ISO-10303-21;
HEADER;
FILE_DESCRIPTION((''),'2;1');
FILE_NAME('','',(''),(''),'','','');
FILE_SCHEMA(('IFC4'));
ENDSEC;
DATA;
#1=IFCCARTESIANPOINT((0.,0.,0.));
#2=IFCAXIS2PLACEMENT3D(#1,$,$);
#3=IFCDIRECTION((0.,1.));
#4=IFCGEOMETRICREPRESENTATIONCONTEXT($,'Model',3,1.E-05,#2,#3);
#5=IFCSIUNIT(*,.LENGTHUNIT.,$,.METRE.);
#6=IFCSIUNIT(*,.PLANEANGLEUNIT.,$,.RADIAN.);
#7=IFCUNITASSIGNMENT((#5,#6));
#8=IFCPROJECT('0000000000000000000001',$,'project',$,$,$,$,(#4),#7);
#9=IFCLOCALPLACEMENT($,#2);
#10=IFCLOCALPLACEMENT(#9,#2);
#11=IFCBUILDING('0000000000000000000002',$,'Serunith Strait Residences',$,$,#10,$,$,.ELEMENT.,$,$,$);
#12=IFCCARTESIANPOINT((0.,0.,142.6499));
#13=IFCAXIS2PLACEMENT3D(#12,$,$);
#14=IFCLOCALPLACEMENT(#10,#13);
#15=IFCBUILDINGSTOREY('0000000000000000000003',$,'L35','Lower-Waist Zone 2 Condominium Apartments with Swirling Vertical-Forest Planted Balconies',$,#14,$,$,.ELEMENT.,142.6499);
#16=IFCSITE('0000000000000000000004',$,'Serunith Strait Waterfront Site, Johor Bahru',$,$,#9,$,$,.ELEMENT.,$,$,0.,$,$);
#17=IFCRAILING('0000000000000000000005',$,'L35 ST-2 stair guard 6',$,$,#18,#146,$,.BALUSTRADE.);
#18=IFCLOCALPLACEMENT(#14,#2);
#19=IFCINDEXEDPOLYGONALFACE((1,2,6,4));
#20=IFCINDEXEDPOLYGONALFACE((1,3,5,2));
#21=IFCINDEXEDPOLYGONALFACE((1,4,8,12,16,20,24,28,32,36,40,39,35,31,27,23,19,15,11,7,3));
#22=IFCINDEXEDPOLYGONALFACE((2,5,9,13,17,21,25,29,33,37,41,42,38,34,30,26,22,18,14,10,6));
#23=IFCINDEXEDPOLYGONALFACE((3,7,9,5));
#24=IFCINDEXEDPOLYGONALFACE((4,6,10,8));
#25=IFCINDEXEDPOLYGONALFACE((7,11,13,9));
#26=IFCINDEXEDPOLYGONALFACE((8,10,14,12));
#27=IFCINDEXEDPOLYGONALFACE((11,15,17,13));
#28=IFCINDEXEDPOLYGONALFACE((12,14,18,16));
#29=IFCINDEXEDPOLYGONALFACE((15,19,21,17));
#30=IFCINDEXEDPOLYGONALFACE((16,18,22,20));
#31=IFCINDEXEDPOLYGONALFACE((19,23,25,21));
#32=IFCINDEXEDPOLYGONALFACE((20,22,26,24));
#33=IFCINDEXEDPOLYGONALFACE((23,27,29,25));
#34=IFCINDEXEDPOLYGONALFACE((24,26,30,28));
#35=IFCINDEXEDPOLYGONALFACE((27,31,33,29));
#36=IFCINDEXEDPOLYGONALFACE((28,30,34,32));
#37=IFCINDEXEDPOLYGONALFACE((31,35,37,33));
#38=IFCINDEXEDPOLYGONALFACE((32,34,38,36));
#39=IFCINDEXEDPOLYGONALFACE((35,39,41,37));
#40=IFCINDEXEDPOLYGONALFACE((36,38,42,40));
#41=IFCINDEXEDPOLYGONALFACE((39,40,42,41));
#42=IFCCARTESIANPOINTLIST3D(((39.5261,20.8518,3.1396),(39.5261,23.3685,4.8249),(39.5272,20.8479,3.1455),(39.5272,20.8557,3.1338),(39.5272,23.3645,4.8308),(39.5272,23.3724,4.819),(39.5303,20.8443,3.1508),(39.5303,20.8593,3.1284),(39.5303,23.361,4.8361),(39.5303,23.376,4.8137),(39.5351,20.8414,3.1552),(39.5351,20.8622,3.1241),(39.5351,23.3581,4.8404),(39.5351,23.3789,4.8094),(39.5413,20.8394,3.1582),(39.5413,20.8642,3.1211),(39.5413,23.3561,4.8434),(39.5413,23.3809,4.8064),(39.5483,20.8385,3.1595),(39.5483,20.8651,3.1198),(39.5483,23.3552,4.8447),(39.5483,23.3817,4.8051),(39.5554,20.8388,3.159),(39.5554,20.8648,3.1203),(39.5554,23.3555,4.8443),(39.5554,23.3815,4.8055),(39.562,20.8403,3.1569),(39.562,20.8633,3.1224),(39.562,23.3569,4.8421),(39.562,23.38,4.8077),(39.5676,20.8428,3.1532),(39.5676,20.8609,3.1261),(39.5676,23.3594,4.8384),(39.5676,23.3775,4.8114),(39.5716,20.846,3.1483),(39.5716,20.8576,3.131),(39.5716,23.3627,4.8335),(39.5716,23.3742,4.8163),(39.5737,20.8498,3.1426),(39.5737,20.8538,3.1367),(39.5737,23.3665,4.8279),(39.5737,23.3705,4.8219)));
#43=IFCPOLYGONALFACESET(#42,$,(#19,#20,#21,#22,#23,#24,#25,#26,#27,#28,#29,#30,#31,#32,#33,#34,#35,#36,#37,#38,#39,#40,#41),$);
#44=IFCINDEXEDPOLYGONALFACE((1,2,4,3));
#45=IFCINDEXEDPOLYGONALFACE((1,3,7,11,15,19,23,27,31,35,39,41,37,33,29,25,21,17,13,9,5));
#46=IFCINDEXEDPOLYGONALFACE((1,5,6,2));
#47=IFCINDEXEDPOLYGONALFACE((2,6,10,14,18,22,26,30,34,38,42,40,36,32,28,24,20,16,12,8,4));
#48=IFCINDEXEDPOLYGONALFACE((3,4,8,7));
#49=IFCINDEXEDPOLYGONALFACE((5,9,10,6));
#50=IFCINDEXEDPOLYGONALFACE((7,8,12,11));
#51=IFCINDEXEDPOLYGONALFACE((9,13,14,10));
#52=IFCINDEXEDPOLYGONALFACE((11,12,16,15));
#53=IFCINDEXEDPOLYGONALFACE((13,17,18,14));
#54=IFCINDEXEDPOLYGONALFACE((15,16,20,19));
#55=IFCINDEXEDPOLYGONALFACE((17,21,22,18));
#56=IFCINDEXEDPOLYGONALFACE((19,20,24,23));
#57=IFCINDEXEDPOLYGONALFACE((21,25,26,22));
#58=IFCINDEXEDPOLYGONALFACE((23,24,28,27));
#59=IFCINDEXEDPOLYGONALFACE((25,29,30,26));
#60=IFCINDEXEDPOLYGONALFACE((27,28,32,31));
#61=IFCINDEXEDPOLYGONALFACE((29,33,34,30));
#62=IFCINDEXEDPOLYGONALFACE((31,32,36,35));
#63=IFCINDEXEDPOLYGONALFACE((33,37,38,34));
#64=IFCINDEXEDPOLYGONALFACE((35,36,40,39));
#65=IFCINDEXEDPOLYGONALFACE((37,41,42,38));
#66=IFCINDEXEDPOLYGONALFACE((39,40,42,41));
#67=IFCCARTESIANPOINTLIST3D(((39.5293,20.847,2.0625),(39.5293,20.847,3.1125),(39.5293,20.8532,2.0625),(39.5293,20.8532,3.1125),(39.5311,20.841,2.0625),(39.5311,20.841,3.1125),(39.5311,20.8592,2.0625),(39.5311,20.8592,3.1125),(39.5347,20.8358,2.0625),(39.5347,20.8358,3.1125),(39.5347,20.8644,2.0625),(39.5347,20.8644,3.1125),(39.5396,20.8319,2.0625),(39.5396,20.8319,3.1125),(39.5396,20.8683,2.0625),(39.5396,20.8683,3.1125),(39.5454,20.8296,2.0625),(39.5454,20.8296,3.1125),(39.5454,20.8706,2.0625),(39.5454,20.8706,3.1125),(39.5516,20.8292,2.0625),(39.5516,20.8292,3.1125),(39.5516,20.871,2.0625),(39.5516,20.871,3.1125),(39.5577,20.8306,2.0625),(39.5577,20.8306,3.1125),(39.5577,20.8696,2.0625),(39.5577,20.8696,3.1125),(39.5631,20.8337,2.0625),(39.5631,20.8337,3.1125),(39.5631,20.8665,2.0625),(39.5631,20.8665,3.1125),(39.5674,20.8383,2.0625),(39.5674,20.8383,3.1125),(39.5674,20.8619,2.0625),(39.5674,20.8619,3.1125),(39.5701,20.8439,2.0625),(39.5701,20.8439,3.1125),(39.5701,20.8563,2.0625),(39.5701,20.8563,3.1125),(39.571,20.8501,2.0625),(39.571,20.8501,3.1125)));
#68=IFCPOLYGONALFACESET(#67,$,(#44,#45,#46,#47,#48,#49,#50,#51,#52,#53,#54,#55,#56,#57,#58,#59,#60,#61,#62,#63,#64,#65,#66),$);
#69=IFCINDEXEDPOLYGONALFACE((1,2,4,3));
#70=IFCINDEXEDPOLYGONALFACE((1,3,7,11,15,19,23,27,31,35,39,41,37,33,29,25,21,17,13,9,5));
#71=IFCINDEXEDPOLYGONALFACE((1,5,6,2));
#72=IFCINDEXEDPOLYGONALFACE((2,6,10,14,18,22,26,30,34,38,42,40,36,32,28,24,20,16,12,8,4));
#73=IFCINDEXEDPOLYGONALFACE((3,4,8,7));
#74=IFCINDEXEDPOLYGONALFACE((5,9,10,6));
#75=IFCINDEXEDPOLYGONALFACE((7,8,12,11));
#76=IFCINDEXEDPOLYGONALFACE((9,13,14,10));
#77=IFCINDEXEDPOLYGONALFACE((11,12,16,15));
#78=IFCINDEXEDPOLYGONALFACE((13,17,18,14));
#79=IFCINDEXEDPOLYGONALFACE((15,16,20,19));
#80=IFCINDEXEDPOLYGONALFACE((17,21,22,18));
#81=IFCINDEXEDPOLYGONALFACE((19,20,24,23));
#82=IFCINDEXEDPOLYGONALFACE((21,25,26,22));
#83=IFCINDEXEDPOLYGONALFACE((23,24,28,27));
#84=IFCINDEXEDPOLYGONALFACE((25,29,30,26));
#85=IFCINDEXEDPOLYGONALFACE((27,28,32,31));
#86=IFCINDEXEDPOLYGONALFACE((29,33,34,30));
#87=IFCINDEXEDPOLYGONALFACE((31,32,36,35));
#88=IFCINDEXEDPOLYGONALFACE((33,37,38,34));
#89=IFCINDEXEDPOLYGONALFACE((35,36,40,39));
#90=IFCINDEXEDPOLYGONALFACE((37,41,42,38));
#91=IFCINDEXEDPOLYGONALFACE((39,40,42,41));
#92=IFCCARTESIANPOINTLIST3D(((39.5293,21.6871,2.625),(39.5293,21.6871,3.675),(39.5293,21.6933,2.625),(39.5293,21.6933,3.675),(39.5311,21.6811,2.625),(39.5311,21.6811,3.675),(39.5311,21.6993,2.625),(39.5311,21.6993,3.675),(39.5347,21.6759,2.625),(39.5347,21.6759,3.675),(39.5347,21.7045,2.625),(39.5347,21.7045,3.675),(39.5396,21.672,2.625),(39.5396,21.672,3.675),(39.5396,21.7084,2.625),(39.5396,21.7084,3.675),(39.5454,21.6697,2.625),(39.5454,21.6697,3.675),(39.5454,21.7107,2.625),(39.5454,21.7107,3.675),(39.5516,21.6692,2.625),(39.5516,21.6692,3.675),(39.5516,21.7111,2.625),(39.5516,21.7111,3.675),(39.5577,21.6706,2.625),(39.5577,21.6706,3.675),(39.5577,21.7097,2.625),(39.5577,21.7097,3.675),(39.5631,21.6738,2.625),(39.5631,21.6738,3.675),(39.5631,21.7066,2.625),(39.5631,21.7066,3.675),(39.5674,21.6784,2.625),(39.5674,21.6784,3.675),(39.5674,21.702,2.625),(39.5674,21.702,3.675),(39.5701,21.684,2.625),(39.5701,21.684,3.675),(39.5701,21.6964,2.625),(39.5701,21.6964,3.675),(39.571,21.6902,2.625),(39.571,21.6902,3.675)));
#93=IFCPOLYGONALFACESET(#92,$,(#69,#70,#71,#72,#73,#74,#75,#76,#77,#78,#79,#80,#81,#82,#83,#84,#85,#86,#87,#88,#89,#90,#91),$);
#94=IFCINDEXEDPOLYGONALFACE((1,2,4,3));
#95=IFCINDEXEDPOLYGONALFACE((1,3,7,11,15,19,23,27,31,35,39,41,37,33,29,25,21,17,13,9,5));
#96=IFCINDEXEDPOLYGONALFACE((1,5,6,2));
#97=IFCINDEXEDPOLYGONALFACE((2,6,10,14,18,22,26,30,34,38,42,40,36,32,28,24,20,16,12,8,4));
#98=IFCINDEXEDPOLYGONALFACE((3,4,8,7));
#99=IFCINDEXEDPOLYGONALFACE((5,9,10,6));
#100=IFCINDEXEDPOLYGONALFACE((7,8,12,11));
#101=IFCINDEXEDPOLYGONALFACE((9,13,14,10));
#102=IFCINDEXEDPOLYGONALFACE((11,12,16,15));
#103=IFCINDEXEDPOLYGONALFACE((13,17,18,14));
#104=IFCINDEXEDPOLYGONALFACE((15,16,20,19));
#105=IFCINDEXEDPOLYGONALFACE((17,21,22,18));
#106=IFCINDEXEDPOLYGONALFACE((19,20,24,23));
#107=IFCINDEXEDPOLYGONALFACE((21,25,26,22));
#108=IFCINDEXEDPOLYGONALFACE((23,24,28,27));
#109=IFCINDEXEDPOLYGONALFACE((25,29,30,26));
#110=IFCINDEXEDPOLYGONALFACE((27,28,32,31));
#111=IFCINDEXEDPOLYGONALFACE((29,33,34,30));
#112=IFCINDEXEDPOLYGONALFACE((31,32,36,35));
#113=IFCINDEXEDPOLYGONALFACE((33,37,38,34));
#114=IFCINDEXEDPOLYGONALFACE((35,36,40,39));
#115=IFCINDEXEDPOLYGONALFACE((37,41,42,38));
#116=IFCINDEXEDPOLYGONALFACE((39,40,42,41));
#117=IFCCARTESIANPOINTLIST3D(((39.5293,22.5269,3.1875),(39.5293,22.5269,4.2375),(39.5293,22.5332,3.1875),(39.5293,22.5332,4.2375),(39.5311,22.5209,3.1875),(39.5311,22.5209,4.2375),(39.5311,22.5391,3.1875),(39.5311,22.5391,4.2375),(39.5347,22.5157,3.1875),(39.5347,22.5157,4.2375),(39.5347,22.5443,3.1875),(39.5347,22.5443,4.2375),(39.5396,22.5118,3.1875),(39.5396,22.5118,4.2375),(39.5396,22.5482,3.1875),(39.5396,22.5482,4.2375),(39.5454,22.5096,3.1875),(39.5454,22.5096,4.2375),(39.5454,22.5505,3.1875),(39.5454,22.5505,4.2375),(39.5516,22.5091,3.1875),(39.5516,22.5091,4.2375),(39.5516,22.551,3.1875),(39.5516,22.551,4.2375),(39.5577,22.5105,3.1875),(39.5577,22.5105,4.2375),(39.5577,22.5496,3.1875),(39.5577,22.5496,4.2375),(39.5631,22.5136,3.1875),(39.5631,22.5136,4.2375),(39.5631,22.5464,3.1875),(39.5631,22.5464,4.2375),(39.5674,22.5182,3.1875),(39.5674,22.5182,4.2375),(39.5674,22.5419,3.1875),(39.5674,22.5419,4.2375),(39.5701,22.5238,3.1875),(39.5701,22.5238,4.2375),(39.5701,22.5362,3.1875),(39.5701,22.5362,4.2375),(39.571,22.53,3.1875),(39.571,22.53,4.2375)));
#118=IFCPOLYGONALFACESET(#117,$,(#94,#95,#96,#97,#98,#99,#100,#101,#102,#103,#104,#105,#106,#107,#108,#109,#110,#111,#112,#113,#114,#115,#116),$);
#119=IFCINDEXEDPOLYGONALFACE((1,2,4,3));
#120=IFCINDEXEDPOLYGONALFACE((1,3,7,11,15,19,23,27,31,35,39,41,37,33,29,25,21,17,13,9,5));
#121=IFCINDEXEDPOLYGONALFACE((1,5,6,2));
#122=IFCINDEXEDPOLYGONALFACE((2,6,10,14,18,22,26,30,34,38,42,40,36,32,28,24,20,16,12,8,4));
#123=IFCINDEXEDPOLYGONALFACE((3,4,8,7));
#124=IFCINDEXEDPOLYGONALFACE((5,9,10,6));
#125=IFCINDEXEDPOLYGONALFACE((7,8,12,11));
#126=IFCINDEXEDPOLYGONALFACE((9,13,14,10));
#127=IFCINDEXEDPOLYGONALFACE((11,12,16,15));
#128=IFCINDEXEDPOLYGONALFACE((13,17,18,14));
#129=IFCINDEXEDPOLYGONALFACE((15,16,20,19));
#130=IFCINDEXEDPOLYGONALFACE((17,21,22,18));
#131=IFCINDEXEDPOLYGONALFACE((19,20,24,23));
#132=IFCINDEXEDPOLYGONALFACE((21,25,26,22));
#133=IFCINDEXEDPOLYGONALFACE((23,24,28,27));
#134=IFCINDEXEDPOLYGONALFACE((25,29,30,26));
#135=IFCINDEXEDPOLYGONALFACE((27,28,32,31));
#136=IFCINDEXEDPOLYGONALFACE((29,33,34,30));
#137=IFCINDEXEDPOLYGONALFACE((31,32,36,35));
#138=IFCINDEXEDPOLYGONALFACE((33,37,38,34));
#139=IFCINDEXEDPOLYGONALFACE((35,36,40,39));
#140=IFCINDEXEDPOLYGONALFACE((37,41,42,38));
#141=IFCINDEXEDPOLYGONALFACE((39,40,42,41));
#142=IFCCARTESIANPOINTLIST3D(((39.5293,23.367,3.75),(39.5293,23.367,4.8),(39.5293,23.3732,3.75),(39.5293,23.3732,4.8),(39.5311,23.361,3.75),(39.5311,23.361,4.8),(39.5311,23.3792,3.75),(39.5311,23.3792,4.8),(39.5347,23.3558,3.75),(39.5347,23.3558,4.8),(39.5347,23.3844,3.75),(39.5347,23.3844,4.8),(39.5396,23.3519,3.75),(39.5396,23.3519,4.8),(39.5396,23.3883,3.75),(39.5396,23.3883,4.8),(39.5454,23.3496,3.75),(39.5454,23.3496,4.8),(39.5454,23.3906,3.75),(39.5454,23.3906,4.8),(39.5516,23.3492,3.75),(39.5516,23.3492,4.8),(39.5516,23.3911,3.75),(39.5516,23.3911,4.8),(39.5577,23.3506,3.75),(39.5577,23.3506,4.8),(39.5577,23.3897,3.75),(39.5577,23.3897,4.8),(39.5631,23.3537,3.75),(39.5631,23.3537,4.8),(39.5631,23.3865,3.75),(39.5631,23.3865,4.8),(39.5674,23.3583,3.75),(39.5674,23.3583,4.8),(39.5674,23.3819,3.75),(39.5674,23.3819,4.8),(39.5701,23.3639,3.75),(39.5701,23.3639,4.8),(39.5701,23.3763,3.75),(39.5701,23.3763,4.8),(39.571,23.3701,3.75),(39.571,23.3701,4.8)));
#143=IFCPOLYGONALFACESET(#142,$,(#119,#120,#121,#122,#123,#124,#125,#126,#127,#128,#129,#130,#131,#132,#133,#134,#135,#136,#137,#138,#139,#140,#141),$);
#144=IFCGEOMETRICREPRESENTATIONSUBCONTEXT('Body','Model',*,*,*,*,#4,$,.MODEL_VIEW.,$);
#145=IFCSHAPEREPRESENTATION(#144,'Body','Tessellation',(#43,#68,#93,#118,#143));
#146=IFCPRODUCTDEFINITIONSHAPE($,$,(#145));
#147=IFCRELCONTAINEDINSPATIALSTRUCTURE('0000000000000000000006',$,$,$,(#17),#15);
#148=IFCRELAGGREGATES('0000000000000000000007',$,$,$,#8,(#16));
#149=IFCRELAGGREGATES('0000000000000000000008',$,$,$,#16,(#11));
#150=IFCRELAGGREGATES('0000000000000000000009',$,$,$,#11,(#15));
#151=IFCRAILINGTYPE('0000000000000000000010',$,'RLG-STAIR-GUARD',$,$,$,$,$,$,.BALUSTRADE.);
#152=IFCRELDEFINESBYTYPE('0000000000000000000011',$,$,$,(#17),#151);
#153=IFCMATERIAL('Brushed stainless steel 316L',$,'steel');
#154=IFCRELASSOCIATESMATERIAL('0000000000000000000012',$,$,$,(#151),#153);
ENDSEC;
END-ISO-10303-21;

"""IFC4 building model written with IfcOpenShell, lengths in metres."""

from ifc_helpers import new_model, si_unit, direction, frame, origin, origin_2d, place, context, subcontext, project, spatial, circle, extrude, material, type_object, element, save


model = new_model("IFC4")

# Units and contexts
model_context = context("Model", 3, precision=1e-05, world=origin(), true_north=direction((0.0, 1.0)))
body_context = subcontext(model_context, "Body", "Model", "MODEL_VIEW")
ifc_project = project(units=[si_unit("LENGTHUNIT", "METRE"), si_unit("PLANEANGLEUNIT", "RADIAN")], contexts=[model_context])

# Site, building, storey
site_placement = place(None, origin())
site = spatial("IfcSite", under=ifc_project, at=site_placement, Name="Serunith Strait Waterfront Site, Johor Bahru", CompositionType="ELEMENT", RefElevation=0.0)
building_placement = place(site_placement, origin())
building = spatial("IfcBuilding", under=site, at=building_placement, Name="Serunith Strait Residences", CompositionType="ELEMENT")
storey_placement = place(building_placement, frame((0.0, 0.0, 142.6499)))
storey = spatial("IfcBuildingStorey", under=building, at=storey_placement, Name="L35", Description="Lower-Waist Zone 2 Condominium Apartments with Swirling Vertical-Forest Planted Balconies", CompositionType="ELEMENT", Elevation=142.6499)

# Railing
ifc_material_1 = material(Name="Brushed stainless steel 316L", Category="steel")
railing_type_1 = type_object("IfcRailingType", Name="RLG-STAIR-GUARD", PredefinedType="BALUSTRADE", material=ifc_material_1)
railing_1_placement = place(storey_placement, frame((39.55, 20.8501, 2.0625)))
element("IfcRailing", 1, at=railing_1_placement, inside=storey, type_object=railing_type_1, Name="L35 ST-2 stair guard 6", PredefinedType="BALUSTRADE", context=body_context, shape_type="SweptSolid", body=[
    extrude(circle(Radius=0.0239, at=origin_2d()), frame((0.0, 0.0017, 1.0771), z_axis=(0.0, 0.830909, 0.556408), x_axis=(-1.0, 0.0, 0.0)), (0.0, 0.0, 1.0), 3.0288),
    extrude(circle(Radius=0.021, at=origin_2d()), origin(), (0.0, 0.0, 1.0), 1.05),
    extrude(circle(Radius=0.021, at=origin_2d()), frame((0.0, 0.8401, 0.5625)), (0.0, 0.0, 1.0), 1.05),
    extrude(circle(Radius=0.021, at=origin_2d()), frame((0.0, 1.6799, 1.125)), (0.0, 0.0, 1.0), 1.05),
    extrude(circle(Radius=0.021, at=origin_2d()), frame((0.0, 2.52, 1.6875)), (0.0, 0.0, 1.0), 1.05),
])

save(model, "model.ifc")
